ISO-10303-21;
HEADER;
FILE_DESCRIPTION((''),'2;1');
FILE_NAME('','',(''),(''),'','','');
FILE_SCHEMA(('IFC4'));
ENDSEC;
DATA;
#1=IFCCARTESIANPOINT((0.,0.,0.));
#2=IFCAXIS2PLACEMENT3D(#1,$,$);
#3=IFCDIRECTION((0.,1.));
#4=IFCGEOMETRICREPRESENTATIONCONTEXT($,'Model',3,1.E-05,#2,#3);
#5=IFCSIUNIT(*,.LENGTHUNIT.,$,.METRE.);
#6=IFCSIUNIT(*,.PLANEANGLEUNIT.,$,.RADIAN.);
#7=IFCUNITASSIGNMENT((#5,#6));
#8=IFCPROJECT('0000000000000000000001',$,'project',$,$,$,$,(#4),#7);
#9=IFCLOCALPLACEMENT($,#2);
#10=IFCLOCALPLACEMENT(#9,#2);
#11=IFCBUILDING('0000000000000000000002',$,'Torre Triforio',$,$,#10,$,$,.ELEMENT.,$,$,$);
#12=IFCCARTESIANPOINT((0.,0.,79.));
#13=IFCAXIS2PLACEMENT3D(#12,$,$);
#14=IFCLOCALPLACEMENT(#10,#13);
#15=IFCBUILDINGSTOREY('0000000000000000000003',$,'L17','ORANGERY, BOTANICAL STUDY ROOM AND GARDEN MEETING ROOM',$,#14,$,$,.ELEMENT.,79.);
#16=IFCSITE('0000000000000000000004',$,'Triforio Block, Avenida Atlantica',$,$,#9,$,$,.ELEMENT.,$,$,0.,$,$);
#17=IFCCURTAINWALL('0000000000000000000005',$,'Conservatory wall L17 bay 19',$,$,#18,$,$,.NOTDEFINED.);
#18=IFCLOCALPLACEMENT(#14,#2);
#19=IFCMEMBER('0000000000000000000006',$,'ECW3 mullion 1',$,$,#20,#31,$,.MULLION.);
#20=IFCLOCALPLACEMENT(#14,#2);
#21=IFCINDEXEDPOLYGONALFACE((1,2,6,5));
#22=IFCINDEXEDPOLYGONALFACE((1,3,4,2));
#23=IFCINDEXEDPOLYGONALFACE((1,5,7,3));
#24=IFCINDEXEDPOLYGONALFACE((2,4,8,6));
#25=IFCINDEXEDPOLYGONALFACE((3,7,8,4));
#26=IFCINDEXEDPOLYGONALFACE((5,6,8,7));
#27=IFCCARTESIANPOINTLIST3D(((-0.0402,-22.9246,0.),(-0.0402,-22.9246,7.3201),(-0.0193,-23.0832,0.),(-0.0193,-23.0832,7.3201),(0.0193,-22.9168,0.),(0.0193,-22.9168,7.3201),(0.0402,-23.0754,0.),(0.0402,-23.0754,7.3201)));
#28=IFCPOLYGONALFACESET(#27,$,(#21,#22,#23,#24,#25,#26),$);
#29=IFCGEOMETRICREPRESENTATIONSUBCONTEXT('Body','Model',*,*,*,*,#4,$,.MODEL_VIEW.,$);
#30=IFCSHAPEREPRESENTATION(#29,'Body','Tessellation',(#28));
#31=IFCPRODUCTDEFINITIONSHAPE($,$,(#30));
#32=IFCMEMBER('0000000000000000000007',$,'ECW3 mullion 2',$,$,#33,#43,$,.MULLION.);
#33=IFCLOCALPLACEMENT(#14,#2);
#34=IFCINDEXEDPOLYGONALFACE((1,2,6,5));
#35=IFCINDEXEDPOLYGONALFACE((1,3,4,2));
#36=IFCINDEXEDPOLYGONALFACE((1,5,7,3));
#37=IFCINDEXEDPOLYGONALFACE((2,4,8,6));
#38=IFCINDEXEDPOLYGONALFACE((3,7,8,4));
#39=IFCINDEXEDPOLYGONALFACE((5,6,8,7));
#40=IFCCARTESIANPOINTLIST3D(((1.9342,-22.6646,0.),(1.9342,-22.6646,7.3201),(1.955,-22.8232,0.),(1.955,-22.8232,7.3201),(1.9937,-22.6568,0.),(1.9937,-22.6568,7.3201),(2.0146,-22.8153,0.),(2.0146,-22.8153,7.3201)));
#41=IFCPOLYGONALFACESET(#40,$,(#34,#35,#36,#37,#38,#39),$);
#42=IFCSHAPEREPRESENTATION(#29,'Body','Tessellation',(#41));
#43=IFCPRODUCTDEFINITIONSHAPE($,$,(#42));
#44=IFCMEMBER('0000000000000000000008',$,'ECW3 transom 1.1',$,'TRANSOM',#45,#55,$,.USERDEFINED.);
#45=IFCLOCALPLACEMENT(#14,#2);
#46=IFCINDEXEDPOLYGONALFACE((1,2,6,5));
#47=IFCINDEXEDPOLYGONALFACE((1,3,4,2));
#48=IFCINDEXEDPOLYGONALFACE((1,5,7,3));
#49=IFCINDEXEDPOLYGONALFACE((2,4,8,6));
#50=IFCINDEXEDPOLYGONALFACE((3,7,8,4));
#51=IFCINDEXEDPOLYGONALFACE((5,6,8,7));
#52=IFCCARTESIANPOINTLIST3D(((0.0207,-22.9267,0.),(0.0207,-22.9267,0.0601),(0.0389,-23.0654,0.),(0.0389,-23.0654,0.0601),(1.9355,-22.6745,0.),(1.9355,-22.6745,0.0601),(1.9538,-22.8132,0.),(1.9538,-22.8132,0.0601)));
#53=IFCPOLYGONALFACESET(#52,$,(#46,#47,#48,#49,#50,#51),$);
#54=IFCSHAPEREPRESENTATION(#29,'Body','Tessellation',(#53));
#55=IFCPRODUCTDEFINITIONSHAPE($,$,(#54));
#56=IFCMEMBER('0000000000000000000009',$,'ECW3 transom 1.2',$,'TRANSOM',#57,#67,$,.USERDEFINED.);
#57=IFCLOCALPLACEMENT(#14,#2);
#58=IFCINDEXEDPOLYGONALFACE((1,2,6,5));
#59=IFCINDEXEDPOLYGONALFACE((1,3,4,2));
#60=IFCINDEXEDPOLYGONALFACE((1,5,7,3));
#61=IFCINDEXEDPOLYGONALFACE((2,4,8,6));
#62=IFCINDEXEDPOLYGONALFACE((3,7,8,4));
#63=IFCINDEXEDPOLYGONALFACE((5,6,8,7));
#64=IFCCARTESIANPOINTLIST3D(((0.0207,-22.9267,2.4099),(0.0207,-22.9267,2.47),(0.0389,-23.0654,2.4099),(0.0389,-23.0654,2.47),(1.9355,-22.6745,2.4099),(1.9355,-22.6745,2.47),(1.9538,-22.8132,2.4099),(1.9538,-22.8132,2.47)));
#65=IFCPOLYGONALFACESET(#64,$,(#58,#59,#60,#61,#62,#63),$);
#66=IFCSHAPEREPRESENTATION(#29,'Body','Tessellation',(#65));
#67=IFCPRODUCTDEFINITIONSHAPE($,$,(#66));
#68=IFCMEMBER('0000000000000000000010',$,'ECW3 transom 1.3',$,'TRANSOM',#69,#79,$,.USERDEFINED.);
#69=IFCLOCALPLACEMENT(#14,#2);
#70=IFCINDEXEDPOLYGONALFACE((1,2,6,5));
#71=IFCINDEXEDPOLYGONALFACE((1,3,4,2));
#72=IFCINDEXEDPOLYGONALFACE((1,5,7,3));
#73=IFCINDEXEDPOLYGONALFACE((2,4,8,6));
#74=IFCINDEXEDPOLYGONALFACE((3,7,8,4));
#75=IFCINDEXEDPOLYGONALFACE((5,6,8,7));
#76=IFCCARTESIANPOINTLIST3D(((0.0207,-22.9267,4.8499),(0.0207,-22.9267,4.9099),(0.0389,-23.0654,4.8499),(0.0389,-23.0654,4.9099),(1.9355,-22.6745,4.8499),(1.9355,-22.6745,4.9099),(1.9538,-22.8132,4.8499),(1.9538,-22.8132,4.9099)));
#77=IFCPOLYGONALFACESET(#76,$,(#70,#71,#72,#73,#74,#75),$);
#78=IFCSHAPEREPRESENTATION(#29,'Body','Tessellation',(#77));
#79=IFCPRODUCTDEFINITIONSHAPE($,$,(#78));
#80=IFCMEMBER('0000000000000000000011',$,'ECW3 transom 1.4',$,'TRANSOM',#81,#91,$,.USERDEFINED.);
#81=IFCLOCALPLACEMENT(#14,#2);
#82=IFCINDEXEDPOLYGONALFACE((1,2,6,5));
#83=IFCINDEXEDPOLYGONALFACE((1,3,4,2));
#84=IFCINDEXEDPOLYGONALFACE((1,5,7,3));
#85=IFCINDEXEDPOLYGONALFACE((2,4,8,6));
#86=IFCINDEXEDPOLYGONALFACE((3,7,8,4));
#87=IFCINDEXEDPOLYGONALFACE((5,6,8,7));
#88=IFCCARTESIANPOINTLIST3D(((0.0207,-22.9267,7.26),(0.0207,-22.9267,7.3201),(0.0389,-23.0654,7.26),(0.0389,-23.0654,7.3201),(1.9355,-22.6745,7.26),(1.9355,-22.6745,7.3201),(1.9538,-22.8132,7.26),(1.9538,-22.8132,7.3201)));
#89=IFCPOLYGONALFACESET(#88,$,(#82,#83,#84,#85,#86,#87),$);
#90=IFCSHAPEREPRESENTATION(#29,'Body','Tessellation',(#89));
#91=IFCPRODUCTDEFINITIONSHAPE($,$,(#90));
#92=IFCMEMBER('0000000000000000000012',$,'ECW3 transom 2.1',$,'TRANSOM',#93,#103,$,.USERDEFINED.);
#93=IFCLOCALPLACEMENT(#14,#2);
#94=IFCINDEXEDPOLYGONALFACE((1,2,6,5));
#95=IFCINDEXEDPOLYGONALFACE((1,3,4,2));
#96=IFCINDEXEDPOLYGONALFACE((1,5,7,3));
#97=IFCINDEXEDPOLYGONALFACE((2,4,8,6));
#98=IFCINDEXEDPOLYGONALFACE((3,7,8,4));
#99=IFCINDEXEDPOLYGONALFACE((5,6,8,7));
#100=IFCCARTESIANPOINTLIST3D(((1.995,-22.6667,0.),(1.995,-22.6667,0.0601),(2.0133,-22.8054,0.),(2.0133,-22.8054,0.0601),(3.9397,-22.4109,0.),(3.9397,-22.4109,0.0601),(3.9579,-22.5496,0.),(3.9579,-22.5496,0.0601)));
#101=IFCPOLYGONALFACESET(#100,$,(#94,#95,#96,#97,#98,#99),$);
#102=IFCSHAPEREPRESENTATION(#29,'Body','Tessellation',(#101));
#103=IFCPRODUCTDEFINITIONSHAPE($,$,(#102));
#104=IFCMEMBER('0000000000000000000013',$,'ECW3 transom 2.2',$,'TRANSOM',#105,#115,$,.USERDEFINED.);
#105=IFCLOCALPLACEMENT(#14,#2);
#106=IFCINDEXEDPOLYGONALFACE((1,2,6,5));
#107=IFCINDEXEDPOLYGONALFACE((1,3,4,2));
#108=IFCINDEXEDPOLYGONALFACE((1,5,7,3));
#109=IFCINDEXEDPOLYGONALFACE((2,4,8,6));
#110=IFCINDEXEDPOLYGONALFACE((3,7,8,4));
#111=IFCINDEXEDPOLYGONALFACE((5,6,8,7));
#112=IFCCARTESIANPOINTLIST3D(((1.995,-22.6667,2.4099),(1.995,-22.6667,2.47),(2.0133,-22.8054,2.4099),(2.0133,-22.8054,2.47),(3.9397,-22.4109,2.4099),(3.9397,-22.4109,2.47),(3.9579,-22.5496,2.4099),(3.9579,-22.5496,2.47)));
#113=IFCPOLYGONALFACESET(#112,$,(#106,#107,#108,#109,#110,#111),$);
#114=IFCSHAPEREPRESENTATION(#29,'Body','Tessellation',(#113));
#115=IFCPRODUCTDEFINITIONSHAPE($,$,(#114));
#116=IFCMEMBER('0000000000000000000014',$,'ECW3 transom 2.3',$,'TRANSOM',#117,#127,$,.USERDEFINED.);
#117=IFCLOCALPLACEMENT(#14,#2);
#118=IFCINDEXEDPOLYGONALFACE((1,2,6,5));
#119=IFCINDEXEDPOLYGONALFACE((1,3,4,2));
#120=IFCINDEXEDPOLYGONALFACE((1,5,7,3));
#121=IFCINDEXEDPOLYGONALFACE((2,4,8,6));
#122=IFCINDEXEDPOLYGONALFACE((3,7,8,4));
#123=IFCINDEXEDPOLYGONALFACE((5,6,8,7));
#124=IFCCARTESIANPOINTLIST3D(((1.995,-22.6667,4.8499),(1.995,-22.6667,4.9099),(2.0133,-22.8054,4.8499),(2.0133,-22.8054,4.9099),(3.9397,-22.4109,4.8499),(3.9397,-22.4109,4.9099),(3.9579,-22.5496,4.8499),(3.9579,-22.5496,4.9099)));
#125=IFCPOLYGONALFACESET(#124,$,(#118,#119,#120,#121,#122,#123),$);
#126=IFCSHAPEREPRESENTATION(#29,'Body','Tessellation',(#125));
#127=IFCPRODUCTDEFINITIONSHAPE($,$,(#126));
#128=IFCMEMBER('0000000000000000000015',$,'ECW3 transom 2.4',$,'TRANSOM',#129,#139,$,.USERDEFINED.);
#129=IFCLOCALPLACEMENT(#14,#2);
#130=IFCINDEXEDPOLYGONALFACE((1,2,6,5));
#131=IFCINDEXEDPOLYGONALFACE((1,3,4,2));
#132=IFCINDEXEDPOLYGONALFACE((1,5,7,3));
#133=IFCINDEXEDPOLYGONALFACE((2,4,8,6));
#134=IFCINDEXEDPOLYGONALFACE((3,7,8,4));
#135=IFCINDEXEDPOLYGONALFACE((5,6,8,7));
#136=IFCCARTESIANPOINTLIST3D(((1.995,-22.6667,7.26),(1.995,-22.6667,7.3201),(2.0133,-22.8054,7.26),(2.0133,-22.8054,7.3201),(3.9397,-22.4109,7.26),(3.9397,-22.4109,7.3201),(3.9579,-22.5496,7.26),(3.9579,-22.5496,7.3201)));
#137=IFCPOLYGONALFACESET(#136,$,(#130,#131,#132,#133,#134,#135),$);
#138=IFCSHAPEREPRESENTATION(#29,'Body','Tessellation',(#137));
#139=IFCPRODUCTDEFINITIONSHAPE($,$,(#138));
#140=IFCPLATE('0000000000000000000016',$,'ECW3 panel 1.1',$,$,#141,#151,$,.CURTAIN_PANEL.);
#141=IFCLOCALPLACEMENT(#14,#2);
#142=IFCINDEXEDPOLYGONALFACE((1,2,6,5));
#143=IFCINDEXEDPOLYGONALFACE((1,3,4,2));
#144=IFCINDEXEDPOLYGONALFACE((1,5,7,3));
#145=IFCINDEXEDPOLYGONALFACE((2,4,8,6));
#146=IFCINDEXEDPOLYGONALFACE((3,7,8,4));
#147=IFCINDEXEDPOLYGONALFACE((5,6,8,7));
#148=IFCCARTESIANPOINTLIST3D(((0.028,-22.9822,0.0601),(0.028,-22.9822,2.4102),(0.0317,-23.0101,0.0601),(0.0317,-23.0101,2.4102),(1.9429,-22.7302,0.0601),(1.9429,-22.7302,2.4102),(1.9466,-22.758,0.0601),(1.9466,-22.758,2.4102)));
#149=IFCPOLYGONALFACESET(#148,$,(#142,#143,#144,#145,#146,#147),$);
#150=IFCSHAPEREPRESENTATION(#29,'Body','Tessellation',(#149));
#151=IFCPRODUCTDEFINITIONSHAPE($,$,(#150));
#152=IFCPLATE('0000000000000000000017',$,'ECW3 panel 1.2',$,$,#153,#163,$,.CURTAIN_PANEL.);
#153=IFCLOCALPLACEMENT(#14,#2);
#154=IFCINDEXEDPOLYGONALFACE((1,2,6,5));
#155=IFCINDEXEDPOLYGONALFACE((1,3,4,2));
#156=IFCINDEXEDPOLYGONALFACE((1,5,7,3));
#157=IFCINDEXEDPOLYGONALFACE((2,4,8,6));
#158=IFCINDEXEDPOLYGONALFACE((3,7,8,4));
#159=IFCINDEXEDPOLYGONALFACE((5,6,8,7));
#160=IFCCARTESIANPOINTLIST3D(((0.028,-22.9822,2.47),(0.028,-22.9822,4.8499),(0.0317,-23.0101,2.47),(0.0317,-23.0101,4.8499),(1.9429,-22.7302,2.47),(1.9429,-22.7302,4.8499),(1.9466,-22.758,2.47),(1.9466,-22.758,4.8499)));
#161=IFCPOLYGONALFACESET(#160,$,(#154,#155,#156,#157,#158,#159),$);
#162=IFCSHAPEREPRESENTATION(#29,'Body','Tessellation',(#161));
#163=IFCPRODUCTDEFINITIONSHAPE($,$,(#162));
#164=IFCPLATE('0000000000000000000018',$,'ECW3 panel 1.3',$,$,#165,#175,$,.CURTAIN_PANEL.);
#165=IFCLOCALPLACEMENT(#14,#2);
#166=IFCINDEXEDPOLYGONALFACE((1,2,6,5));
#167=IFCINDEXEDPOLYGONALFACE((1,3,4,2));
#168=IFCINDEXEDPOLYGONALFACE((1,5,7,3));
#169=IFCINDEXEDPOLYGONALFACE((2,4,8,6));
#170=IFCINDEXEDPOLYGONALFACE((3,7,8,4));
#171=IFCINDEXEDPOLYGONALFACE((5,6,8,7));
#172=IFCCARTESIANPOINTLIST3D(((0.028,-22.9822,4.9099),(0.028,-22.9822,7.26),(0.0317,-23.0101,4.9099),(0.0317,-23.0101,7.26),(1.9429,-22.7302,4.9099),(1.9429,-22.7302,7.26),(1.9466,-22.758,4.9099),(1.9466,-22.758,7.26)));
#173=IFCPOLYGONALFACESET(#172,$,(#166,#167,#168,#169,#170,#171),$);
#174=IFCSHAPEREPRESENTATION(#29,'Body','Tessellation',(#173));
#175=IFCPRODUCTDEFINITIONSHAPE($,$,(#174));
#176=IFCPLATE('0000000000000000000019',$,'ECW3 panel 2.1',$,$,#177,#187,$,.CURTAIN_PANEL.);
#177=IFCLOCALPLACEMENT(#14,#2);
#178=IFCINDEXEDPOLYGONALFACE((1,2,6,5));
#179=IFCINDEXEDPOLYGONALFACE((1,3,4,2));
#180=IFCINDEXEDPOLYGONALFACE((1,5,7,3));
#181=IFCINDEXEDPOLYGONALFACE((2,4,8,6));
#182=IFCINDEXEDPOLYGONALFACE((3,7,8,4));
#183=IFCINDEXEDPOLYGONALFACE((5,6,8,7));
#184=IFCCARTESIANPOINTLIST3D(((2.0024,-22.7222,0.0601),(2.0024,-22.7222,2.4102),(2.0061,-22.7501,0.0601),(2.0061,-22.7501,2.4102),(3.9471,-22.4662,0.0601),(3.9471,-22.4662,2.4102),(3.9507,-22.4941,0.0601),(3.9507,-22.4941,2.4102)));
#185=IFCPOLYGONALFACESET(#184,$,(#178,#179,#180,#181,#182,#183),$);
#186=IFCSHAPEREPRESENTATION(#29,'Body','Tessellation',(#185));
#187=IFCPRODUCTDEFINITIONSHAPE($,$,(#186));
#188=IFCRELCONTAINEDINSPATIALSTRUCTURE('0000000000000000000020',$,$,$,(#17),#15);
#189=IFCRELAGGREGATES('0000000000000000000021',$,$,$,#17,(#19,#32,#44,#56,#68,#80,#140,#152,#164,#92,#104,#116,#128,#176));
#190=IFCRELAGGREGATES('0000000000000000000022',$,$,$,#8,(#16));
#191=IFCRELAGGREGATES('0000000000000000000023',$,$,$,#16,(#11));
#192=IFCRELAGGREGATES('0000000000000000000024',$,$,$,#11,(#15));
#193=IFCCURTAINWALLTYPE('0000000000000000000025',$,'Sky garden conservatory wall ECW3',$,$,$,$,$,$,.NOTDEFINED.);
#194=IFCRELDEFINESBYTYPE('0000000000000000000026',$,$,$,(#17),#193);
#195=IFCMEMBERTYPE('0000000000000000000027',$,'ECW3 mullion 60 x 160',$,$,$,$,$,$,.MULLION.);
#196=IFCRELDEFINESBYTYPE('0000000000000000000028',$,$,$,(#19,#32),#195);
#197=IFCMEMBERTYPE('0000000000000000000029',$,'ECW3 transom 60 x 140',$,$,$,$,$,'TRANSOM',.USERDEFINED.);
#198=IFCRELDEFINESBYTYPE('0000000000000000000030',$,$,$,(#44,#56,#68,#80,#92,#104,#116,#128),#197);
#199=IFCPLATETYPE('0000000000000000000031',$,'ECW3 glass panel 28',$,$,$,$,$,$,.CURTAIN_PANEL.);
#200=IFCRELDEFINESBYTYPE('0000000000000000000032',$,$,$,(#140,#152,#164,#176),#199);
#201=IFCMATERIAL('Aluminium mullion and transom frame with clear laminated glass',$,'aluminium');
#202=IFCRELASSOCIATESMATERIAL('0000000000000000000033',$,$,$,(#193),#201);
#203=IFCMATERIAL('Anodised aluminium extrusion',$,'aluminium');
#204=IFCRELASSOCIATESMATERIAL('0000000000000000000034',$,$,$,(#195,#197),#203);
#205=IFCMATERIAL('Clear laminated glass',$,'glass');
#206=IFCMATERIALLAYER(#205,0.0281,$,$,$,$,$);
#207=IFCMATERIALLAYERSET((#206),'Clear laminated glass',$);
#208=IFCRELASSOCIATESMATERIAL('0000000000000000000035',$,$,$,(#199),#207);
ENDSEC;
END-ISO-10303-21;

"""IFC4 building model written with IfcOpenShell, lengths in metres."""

from ifc_helpers import new_model, si_unit, direction, frame, origin, origin_2d, place, context, subcontext, project, spatial, rectangle, extrude, material, layer, layer_set, material_profile, profile_set, type_object, element, aggregate, save


model = new_model("IFC4")

# Units and contexts
model_context = context("Model", 3, precision=1e-05, world=origin(), true_north=direction((0.0, 1.0)))
body_context = subcontext(model_context, "Body", "Model", "MODEL_VIEW")
ifc_project = project(units=[si_unit("LENGTHUNIT", "METRE"), si_unit("PLANEANGLEUNIT", "RADIAN")], contexts=[model_context])

# Site, building, storey
site_placement = place(None, origin())
site = spatial("IfcSite", under=ifc_project, at=site_placement, Name="Triforio Block, Avenida Atlantica", CompositionType="ELEMENT", RefElevation=0.0)
building_placement = place(site_placement, origin())
building = spatial("IfcBuilding", under=site, at=building_placement, Name="Torre Triforio", CompositionType="ELEMENT")
storey_placement = place(building_placement, frame((0.0, 0.0, 79.0)))
storey = spatial("IfcBuildingStorey", under=building, at=storey_placement, Name="L17", Description="ORANGERY, BOTANICAL STUDY ROOM AND GARDEN MEETING ROOM", CompositionType="ELEMENT", Elevation=79.0)

# Curtain wall, members, plates
ifc_material_1 = material(Name="Aluminium mullion and transom frame with clear laminated glass", Category="aluminium")
curtain_wall_type = type_object("IfcCurtainWallType", Name="Sky garden conservatory wall ECW3", PredefinedType="NOTDEFINED", material=ifc_material_1)
curtain_wall_placement = place(storey_placement, origin())
curtain_wall = element("IfcCurtainWall", 1, at=curtain_wall_placement, inside=storey, type_object=curtain_wall_type, Name="Conservatory wall L17 bay 19", PredefinedType="NOTDEFINED")
ifc_material_2 = material(Name="Anodised aluminium extrusion", Category="aluminium")
ifc_material_profile_1 = material_profile(ifc_material_2, rectangle(XDim=0.1599, YDim=0.0601, at=origin_2d()), Name="ECW3 MULLION 60x160")
ifc_profile_set_1 = profile_set([ifc_material_profile_1], Name="Anodised aluminium extrusion")
member_type_1 = type_object("IfcMemberType", Name="ECW3 mullion 60 x 160", PredefinedType="MULLION", material=ifc_profile_set_1)
member_1_placement = place(storey_placement, frame((0.0, -23.0, 0.0), z_axis=(0.0, 0.0, 1.0), x_axis=(-0.130521, 0.991446, 0.0)))
member_1 = element("IfcMember", 2, at=member_1_placement, type_object=member_type_1, Name="ECW3 mullion 1", PredefinedType="MULLION", context=body_context, shape_type="SweptSolid", body=[
    extrude(rectangle(XDim=0.1599, YDim=0.0601, at=origin_2d()), origin(), (0.0, 0.0, 1.0), 7.3201),
])
member_2_placement = place(storey_placement, frame((1.9744, -22.74, 0.0), z_axis=(0.0, 0.0, 1.0), x_axis=(-0.130521, 0.991446, 0.0)))
member_2 = element("IfcMember", 3, at=member_2_placement, type_object=member_type_1, Name="ECW3 mullion 2", PredefinedType="MULLION", context=body_context, shape_type="SweptSolid", body=[
    extrude(rectangle(XDim=0.1599, YDim=0.0601, at=origin_2d()), origin(), (0.0, 0.0, 1.0), 7.3201),
])
ifc_material_profile_2 = material_profile(ifc_material_2, rectangle(XDim=0.1399, YDim=0.0601, at=origin_2d()), Name="ECW3 TRANSOM 60x140")
ifc_profile_set_2 = profile_set([ifc_material_profile_2], Name="Anodised aluminium extrusion")
member_type_2 = type_object("IfcMemberType", Name="ECW3 transom 60 x 140", ElementType="TRANSOM", PredefinedType="USERDEFINED", material=ifc_profile_set_2)
member_3_placement = place(storey_placement, frame((0.0298, -22.9961, 0.03), z_axis=(0.991438, 0.130582, 0.0), x_axis=(-0.130582, 0.991438, 0.0)))
member_3 = element("IfcMember", 4, at=member_3_placement, type_object=member_type_2, Name="ECW3 transom 1.1", ObjectType="TRANSOM", PredefinedType="USERDEFINED", context=body_context, shape_type="SweptSolid", body=[
    extrude(rectangle(XDim=0.1399, YDim=0.0601, at=origin_2d()), origin(), (0.0, 0.0, 1.0), 1.9314),
])
member_4_placement = place(storey_placement, frame((0.0298, -22.9961, 2.4399), z_axis=(0.991438, 0.130582, 0.0), x_axis=(-0.130582, 0.991438, 0.0)))
member_4 = element("IfcMember", 5, at=member_4_placement, type_object=member_type_2, Name="ECW3 transom 1.2", ObjectType="TRANSOM", PredefinedType="USERDEFINED", context=body_context, shape_type="SweptSolid", body=[
    extrude(rectangle(XDim=0.1399, YDim=0.0601, at=origin_2d()), origin(), (0.0, 0.0, 1.0), 1.9314),
])
member_5_placement = place(storey_placement, frame((0.0298, -22.9961, 4.8799), z_axis=(0.991438, 0.130582, 0.0), x_axis=(-0.130582, 0.991438, 0.0)))
member_5 = element("IfcMember", 6, at=member_5_placement, type_object=member_type_2, Name="ECW3 transom 1.3", ObjectType="TRANSOM", PredefinedType="USERDEFINED", context=body_context, shape_type="SweptSolid", body=[
    extrude(rectangle(XDim=0.1399, YDim=0.0601, at=origin_2d()), origin(), (0.0, 0.0, 1.0), 1.9314),
])
member_6_placement = place(storey_placement, frame((0.0298, -22.9961, 7.29), z_axis=(0.991438, 0.130582, 0.0), x_axis=(-0.130582, 0.991438, 0.0)))
member_6 = element("IfcMember", 7, at=member_6_placement, type_object=member_type_2, Name="ECW3 transom 1.4", ObjectType="TRANSOM", PredefinedType="USERDEFINED", context=body_context, shape_type="SweptSolid", body=[
    extrude(rectangle(XDim=0.1399, YDim=0.0601, at=origin_2d()), origin(), (0.0, 0.0, 1.0), 1.9314),
])
member_7_placement = place(storey_placement, frame((2.0042, -22.7361, 0.03), z_axis=(0.991455, 0.130451, 0.0), x_axis=(-0.130451, 0.991455, 0.0)))
member_7 = element("IfcMember", 8, at=member_7_placement, type_object=member_type_2, Name="ECW3 transom 2.1", ObjectType="TRANSOM", PredefinedType="USERDEFINED", context=body_context, shape_type="SweptSolid", body=[
    extrude(rectangle(XDim=0.1399, YDim=0.0601, at=origin_2d()), origin(), (0.0, 0.0, 1.0), 1.9614),
])
member_8_placement = place(storey_placement, frame((2.0042, -22.7361, 2.4399), z_axis=(0.991455, 0.130451, 0.0), x_axis=(-0.130451, 0.991455, 0.0)))
member_8 = element("IfcMember", 9, at=member_8_placement, type_object=member_type_2, Name="ECW3 transom 2.2", ObjectType="TRANSOM", PredefinedType="USERDEFINED", context=body_context, shape_type="SweptSolid", body=[
    extrude(rectangle(XDim=0.1399, YDim=0.0601, at=origin_2d()), origin(), (0.0, 0.0, 1.0), 1.9614),
])
member_9_placement = place(storey_placement, frame((2.0042, -22.7361, 4.8799), z_axis=(0.991455, 0.130451, 0.0), x_axis=(-0.130451, 0.991455, 0.0)))
member_9 = element("IfcMember", 10, at=member_9_placement, type_object=member_type_2, Name="ECW3 transom 2.3", ObjectType="TRANSOM", PredefinedType="USERDEFINED", context=body_context, shape_type="SweptSolid", body=[
    extrude(rectangle(XDim=0.1399, YDim=0.0601, at=origin_2d()), origin(), (0.0, 0.0, 1.0), 1.9614),
])
member_10_placement = place(storey_placement, frame((2.0042, -22.7361, 7.29), z_axis=(0.991455, 0.130451, 0.0), x_axis=(-0.130451, 0.991455, 0.0)))
member_10 = element("IfcMember", 11, at=member_10_placement, type_object=member_type_2, Name="ECW3 transom 2.4", ObjectType="TRANSOM", PredefinedType="USERDEFINED", context=body_context, shape_type="SweptSolid", body=[
    extrude(rectangle(XDim=0.1399, YDim=0.0601, at=origin_2d()), origin(), (0.0, 0.0, 1.0), 1.9614),
])
ifc_material_3 = material(Name="Clear laminated glass", Category="glass")
ifc_layer = layer(ifc_material_3, 0.0281)
ifc_layer_set = layer_set([ifc_layer], Name="Clear laminated glass")
plate_type = type_object("IfcPlateType", Name="ECW3 glass panel 28", PredefinedType="CURTAIN_PANEL", material=ifc_layer_set)
plate_1_placement = place(storey_placement, frame((0.9873, -22.8701, 0.0601), z_axis=(0.0, 0.0, 1.0), x_axis=(0.991446, 0.130521, 0.0)))
plate_1 = element("IfcPlate", 12, at=plate_1_placement, type_object=plate_type, Name="ECW3 panel 1.1", PredefinedType="CURTAIN_PANEL", context=body_context, shape_type="SweptSolid", body=[
    extrude(rectangle(XDim=1.9314, YDim=0.0281, at=origin_2d()), origin(), (0.0, 0.0, 1.0), 2.3501),
])
plate_2_placement = place(storey_placement, frame((0.9873, -22.8701, 2.47), z_axis=(0.0, 0.0, 1.0), x_axis=(0.991446, 0.130521, 0.0)))
plate_2 = element("IfcPlate", 13, at=plate_2_placement, type_object=plate_type, Name="ECW3 panel 1.2", PredefinedType="CURTAIN_PANEL", context=body_context, shape_type="SweptSolid", body=[
    extrude(rectangle(XDim=1.9314, YDim=0.0281, at=origin_2d()), origin(), (0.0, 0.0, 1.0), 2.3799),
])
plate_3_placement = place(storey_placement, frame((0.9873, -22.8701, 4.9099), z_axis=(0.0, 0.0, 1.0), x_axis=(0.991446, 0.130521, 0.0)))
plate_3 = element("IfcPlate", 14, at=plate_3_placement, type_object=plate_type, Name="ECW3 panel 1.3", PredefinedType="CURTAIN_PANEL", context=body_context, shape_type="SweptSolid", body=[
    extrude(rectangle(XDim=1.9314, YDim=0.0281, at=origin_2d()), origin(), (0.0, 0.0, 1.0), 2.3501),
])
plate_4_placement = place(storey_placement, frame((2.9766, -22.6082, 0.0601), z_axis=(0.0, 0.0, 1.0), x_axis=(0.991446, 0.130521, 0.0)))
plate_4 = element("IfcPlate", 15, at=plate_4_placement, type_object=plate_type, Name="ECW3 panel 2.1", PredefinedType="CURTAIN_PANEL", context=body_context, shape_type="SweptSolid", body=[
    extrude(rectangle(XDim=1.9614, YDim=0.0281, at=origin_2d()), origin(), (0.0, 0.0, 1.0), 2.3501),
])
aggregate(curtain_wall, [member_1, member_2, member_3, member_4, member_5, member_6, plate_1, plate_2, plate_3, member_7, member_8, member_9, member_10, plate_4])

save(model, "model.ifc")
